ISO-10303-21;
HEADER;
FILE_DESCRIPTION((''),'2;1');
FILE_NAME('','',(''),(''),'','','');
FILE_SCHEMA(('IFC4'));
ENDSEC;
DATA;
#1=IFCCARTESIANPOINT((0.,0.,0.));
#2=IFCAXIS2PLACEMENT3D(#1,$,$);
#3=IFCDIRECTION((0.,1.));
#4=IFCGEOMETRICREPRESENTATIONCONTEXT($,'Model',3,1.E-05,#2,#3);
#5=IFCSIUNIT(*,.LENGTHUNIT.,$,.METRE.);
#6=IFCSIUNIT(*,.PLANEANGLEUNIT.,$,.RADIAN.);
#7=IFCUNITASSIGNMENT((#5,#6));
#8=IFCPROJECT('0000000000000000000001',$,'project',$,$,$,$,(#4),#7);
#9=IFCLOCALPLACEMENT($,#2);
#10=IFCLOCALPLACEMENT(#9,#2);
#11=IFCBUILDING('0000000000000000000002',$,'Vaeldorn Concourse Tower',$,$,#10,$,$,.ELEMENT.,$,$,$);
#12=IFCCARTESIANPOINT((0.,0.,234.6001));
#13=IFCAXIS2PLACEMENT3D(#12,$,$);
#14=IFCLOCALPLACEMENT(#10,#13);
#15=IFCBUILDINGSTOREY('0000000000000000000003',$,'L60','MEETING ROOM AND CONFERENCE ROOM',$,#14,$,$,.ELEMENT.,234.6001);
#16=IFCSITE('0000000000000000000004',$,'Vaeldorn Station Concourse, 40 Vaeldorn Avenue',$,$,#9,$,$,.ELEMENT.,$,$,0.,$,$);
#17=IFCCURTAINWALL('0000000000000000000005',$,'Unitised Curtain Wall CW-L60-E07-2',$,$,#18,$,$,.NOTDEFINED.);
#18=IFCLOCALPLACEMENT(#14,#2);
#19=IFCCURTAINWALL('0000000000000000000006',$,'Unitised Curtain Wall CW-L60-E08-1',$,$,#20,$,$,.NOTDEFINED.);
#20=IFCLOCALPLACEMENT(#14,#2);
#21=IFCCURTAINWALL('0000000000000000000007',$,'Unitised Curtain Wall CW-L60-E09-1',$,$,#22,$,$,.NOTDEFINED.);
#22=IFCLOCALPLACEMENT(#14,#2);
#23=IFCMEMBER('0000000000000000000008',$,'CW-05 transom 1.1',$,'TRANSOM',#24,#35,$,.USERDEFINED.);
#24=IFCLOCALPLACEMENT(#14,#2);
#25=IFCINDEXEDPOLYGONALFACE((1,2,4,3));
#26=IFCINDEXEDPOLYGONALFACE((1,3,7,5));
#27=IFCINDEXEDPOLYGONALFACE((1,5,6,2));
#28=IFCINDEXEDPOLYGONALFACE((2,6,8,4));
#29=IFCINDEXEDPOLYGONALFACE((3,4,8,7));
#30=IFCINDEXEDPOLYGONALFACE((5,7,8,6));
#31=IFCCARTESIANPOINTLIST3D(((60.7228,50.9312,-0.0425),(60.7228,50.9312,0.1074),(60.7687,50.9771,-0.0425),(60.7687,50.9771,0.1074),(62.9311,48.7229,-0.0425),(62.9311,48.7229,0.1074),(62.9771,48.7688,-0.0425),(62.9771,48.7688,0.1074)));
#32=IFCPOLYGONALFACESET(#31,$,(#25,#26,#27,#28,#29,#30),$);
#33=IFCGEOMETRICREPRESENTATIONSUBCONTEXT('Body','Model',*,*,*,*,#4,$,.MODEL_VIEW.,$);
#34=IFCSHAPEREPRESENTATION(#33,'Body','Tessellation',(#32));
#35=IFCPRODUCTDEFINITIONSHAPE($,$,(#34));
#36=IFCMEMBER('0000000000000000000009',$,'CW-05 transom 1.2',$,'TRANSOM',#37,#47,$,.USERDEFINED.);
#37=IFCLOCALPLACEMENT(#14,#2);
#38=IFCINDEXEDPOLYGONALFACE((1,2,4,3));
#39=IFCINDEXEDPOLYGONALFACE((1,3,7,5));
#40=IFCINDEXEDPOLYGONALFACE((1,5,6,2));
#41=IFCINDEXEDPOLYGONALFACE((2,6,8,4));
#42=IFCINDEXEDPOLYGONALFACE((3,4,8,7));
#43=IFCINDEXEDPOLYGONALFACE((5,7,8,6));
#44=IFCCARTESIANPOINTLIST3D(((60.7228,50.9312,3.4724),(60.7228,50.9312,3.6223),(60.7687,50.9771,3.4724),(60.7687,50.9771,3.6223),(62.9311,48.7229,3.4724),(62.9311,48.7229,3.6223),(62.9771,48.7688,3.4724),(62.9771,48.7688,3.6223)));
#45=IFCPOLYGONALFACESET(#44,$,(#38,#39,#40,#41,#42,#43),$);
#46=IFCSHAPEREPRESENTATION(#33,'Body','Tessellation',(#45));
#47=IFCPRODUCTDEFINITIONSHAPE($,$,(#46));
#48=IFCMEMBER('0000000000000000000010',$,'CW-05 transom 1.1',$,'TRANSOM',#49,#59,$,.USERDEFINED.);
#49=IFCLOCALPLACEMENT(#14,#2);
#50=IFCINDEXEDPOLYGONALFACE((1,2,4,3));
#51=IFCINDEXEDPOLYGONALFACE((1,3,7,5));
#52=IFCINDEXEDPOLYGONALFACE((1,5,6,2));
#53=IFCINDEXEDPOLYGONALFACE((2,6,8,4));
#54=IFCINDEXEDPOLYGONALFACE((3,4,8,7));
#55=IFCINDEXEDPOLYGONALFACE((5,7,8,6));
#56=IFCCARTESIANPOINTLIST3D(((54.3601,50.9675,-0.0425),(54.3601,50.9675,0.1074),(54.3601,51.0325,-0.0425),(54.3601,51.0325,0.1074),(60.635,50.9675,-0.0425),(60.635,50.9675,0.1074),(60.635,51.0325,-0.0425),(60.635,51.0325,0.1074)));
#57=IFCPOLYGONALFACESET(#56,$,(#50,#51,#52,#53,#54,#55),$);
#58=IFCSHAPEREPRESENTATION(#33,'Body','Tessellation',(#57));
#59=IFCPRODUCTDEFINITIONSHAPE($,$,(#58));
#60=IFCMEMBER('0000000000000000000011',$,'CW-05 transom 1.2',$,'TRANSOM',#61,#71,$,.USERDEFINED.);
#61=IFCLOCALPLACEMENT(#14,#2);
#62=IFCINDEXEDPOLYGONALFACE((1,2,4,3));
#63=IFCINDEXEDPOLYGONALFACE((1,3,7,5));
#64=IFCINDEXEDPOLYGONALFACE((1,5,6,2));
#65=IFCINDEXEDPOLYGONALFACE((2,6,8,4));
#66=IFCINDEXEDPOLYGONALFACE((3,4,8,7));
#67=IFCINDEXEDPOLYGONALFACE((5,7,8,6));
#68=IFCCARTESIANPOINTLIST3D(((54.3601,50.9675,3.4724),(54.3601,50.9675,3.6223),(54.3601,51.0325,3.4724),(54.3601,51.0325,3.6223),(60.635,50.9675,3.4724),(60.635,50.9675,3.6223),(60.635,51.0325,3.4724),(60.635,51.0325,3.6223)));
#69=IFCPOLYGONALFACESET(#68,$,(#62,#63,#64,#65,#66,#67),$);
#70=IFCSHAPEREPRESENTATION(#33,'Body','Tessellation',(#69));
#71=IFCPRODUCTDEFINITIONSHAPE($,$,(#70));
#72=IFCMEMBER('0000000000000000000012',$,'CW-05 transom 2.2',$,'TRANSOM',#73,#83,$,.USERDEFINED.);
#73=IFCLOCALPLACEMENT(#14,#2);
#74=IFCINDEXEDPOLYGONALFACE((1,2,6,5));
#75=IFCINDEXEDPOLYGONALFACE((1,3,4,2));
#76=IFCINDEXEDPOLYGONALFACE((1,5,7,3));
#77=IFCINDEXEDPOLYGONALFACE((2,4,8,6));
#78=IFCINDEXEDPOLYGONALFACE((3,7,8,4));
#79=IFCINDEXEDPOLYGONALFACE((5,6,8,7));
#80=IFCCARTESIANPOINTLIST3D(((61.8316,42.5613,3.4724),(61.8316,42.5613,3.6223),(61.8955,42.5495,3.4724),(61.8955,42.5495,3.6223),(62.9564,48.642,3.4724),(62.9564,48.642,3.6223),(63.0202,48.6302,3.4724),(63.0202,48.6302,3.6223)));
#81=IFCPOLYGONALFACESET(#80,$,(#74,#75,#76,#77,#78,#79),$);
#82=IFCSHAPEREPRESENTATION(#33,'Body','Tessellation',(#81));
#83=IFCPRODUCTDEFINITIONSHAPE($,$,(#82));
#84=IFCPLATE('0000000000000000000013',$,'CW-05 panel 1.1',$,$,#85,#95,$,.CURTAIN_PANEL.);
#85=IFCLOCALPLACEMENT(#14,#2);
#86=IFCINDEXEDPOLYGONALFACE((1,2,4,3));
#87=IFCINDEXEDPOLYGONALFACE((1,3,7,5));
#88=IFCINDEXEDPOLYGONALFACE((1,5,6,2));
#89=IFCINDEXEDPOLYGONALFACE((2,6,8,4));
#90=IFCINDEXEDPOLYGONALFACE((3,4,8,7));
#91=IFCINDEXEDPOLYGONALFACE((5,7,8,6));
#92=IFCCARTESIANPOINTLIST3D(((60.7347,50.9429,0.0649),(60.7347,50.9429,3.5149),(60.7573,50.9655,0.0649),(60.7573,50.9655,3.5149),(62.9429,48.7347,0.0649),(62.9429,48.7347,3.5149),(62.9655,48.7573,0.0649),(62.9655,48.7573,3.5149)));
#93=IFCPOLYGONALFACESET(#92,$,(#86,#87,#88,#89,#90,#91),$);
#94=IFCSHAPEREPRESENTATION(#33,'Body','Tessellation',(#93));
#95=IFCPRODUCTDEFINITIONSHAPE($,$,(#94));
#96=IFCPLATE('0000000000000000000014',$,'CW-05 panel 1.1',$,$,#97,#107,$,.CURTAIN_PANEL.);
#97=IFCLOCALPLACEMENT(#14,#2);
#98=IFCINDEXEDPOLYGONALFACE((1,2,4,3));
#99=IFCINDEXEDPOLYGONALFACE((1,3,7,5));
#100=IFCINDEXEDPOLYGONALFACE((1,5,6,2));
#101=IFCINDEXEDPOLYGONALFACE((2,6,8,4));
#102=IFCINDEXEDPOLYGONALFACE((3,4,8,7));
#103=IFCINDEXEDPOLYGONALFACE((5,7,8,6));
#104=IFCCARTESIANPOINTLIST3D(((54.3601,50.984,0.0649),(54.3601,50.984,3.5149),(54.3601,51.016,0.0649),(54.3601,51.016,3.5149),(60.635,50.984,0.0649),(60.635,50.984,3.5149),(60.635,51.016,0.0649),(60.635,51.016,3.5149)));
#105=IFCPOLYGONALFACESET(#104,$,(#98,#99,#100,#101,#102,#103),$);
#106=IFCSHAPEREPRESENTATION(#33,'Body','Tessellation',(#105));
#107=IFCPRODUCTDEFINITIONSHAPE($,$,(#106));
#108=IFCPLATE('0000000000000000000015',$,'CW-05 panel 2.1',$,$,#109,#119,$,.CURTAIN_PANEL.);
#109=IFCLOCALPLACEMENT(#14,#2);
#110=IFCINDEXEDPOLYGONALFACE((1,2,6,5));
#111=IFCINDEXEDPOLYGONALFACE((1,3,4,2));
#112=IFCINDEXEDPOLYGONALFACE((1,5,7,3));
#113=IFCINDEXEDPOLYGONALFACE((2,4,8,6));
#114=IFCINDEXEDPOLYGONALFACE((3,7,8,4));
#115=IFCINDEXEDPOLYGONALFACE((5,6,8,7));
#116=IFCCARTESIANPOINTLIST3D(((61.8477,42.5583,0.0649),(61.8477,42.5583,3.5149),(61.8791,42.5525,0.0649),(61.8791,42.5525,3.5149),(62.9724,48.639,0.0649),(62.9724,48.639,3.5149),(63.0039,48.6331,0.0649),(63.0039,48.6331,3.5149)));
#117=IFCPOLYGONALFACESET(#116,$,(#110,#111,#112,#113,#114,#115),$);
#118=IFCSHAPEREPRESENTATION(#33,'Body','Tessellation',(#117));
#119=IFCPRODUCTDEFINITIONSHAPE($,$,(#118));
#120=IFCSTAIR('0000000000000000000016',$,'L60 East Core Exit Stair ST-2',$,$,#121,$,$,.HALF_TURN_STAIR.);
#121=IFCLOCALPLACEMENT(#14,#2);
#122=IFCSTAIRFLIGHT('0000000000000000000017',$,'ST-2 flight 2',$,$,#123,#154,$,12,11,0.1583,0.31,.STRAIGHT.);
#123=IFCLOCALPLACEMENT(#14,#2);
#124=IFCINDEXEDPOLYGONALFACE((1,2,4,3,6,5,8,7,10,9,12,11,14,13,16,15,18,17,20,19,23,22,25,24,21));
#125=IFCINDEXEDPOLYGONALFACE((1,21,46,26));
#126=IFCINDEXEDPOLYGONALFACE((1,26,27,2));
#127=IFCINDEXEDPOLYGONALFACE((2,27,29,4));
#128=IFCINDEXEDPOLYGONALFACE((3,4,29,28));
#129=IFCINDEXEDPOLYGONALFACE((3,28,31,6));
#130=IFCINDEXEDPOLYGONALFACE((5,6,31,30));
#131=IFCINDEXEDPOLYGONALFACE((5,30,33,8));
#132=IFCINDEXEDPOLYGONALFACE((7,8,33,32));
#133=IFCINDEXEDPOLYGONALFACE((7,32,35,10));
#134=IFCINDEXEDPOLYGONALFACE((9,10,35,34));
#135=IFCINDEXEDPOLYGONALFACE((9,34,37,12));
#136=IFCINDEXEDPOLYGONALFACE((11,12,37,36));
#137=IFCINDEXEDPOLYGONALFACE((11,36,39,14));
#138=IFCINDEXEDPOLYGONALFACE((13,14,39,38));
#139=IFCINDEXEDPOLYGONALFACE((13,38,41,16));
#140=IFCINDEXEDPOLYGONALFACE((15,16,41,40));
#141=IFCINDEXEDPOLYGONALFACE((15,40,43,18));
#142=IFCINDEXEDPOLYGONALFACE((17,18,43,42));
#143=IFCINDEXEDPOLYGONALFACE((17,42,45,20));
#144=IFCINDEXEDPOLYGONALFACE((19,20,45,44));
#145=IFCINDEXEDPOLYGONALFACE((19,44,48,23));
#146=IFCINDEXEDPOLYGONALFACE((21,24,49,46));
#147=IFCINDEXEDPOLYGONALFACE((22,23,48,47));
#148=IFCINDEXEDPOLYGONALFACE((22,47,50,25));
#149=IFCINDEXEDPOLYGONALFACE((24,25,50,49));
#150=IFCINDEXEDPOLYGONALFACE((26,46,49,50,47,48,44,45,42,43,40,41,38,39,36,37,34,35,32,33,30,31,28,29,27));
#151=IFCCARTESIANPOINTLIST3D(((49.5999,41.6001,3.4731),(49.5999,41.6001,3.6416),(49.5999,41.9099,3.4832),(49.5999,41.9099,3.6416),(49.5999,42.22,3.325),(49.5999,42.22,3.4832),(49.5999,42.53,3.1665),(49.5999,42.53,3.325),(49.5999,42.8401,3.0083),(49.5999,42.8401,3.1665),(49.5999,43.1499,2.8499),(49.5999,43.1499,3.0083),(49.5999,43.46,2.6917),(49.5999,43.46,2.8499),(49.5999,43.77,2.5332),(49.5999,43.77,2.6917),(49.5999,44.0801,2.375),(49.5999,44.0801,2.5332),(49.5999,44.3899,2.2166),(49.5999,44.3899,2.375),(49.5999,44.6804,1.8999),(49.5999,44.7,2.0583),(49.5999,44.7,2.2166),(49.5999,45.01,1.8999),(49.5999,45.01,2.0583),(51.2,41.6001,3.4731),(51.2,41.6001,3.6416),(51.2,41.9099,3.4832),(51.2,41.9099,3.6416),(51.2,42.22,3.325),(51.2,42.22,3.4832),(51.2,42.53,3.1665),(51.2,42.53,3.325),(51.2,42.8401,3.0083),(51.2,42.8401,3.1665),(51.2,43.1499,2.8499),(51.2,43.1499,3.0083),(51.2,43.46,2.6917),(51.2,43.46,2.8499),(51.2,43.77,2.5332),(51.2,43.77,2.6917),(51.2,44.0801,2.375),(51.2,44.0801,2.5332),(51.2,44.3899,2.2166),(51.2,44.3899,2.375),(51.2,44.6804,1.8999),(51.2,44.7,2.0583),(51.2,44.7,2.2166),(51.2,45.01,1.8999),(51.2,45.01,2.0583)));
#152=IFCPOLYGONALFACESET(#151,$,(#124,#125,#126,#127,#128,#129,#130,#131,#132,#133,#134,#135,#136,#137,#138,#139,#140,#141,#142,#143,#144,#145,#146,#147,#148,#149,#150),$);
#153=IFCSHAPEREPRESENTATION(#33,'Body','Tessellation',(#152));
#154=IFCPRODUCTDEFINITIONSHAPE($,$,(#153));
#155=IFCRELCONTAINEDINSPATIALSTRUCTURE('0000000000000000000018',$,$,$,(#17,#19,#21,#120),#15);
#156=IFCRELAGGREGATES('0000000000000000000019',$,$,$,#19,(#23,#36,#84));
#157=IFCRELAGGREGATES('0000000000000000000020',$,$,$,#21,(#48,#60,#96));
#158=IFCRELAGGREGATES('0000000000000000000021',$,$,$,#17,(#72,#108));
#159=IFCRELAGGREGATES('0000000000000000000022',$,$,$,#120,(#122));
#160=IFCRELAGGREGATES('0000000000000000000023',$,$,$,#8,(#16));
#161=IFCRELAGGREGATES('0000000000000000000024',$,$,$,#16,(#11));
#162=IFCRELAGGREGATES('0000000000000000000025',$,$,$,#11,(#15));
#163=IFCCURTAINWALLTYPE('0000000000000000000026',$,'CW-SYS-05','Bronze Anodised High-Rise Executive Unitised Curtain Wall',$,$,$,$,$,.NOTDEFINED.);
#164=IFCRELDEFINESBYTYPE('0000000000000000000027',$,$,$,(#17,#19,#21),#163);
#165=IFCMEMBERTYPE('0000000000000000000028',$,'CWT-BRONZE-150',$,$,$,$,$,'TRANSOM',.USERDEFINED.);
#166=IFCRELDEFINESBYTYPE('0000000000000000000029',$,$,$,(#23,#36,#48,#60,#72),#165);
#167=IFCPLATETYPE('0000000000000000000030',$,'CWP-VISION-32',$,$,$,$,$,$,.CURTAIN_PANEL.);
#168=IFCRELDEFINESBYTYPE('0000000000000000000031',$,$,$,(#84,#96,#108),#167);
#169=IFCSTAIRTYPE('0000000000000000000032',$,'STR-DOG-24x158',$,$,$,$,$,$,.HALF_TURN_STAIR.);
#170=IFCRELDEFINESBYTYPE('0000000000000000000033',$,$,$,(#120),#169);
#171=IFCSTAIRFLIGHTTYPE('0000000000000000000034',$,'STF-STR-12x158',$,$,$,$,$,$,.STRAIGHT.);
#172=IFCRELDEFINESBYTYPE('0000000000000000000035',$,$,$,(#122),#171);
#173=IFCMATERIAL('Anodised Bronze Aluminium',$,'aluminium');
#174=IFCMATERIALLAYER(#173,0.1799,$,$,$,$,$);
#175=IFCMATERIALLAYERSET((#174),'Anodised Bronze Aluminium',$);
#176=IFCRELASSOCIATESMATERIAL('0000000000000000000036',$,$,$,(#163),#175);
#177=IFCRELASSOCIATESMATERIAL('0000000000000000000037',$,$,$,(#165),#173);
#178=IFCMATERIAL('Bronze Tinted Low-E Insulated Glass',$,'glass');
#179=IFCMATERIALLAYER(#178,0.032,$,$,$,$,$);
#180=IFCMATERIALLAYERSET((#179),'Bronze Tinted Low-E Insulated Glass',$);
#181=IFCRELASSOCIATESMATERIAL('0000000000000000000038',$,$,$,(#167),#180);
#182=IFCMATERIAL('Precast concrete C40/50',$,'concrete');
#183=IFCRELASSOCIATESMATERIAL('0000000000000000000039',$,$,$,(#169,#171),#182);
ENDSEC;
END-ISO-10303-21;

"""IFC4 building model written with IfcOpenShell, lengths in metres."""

from ifc_helpers import new_model, si_unit, direction, frame, origin, origin_2d, place, context, subcontext, project, spatial, polyline, rectangle, outline, extrude, source, transform, mapped, material, layer, layer_set, material_profile, profile_set, type_object, element, aggregate, save


model = new_model("IFC4")

# Units and contexts
model_context = context("Model", 3, precision=1e-05, world=origin(), true_north=direction((0.0, 1.0)))
body_context = subcontext(model_context, "Body", "Model", "MODEL_VIEW")
ifc_project = project(units=[si_unit("LENGTHUNIT", "METRE"), si_unit("PLANEANGLEUNIT", "RADIAN")], contexts=[model_context])

# Site, building, storey
site_placement = place(None, origin())
site = spatial("IfcSite", under=ifc_project, at=site_placement, Name="Vaeldorn Station Concourse, 40 Vaeldorn Avenue", CompositionType="ELEMENT", RefElevation=0.0)
building_placement = place(site_placement, origin())
building = spatial("IfcBuilding", under=site, at=building_placement, Name="Vaeldorn Concourse Tower", CompositionType="ELEMENT")
storey_placement = place(building_placement, frame((0.0, 0.0, 234.6001)))
storey = spatial("IfcBuildingStorey", under=building, at=storey_placement, Name="L60", Description="MEETING ROOM AND CONFERENCE ROOM", CompositionType="ELEMENT", Elevation=234.6001)

# Curtain wall
ifc_material_1 = material(Name="Anodised Bronze Aluminium", Category="aluminium")
ifc_layer_1 = layer(ifc_material_1, 0.1799)
ifc_layer_set_1 = layer_set([ifc_layer_1], Name="Anodised Bronze Aluminium")
curtain_wall_type = type_object("IfcCurtainWallType", Name="CW-SYS-05", Description="Bronze Anodised High-Rise Executive Unitised Curtain Wall", PredefinedType="NOTDEFINED", material=ifc_layer_set_1)
curtain_wall_1_placement = place(storey_placement, origin())
curtain_wall_1 = element("IfcCurtainWall", 1, at=curtain_wall_1_placement, inside=storey, type_object=curtain_wall_type, Name="Unitised Curtain Wall CW-L60-E07-2", PredefinedType="NOTDEFINED")

# Curtain walls
curtain_wall_2_placement = place(storey_placement, origin())
curtain_wall_2 = element("IfcCurtainWall", 2, at=curtain_wall_2_placement, inside=storey, type_object=curtain_wall_type, Name="Unitised Curtain Wall CW-L60-E08-1", PredefinedType="NOTDEFINED")
curtain_wall_3_placement = place(storey_placement, origin())
curtain_wall_3 = element("IfcCurtainWall", 3, at=curtain_wall_3_placement, inside=storey, type_object=curtain_wall_type, Name="Unitised Curtain Wall CW-L60-E09-1", PredefinedType="NOTDEFINED")

# Members
ifc_material_profile_1 = material_profile(ifc_material_1, rectangle(XDim=0.0649, YDim=0.1499, at=origin_2d()), Name="CWT 65x150")
ifc_profile_set_1 = profile_set([ifc_material_profile_1], Name="Anodised Bronze Aluminium")
member_type_1 = type_object("IfcMemberType", Name="CWT-BRONZE-150", ElementType="TRANSOM", PredefinedType="USERDEFINED", material=ifc_profile_set_1)
shared_shape_1 = source(origin(), body_context, "Body", "SweptSolid", [
    extrude(rectangle(XDim=0.0649, YDim=0.1499, at=origin_2d()), origin(), (0.0, 0.0, 1.0), 3.123),
])
member_1_placement = place(storey_placement, frame((62.9541, 48.7458, 0.0325), z_axis=(-0.707107, 0.707107, 0.0), x_axis=(-0.707107, -0.707107, 0.0)))
member_1 = element("IfcMember", 4, at=member_1_placement, type_object=member_type_1, Name="CW-05 transom 1.1", ObjectType="TRANSOM", PredefinedType="USERDEFINED", context=body_context, shape_type="MappedRepresentation", body=[
    mapped(shared_shape_1, transform((0.0, 0.0, 0.0), scale=1.0)),
])
member_2_placement = place(storey_placement, frame((62.9541, 48.7458, 3.5474), z_axis=(-0.707107, 0.707107, 0.0), x_axis=(-0.707107, -0.707107, 0.0)))
member_2 = element("IfcMember", 5, at=member_2_placement, type_object=member_type_1, Name="CW-05 transom 1.2", ObjectType="TRANSOM", PredefinedType="USERDEFINED", context=body_context, shape_type="MappedRepresentation", body=[
    mapped(shared_shape_1, transform((0.0, 0.0, 0.0), scale=1.0)),
])
shared_shape_2 = source(origin(), body_context, "Body", "SweptSolid", [
    extrude(rectangle(XDim=0.0649, YDim=0.1499, at=origin_2d()), origin(), (0.0, 0.0, 1.0), 6.2749),
])
member_3_placement = place(storey_placement, frame((60.635, 51.0, 0.0325), z_axis=(-1.0, 0.0, 0.0), x_axis=(0.0, -1.0, 0.0)))
member_3 = element("IfcMember", 6, at=member_3_placement, type_object=member_type_1, Name="CW-05 transom 1.1", ObjectType="TRANSOM", PredefinedType="USERDEFINED", context=body_context, shape_type="MappedRepresentation", body=[
    mapped(shared_shape_2, transform((0.0, 0.0, 0.0), scale=1.0)),
])
member_4_placement = place(storey_placement, frame((60.635, 51.0, 3.5474), z_axis=(-1.0, 0.0, 0.0), x_axis=(0.0, -1.0, 0.0)))
member_4 = element("IfcMember", 7, at=member_4_placement, type_object=member_type_1, Name="CW-05 transom 1.2", ObjectType="TRANSOM", PredefinedType="USERDEFINED", context=body_context, shape_type="MappedRepresentation", body=[
    mapped(shared_shape_2, transform((0.0, 0.0, 0.0), scale=1.0)),
])
shared_shape_3 = source(origin(), body_context, "Body", "SweptSolid", [
    extrude(rectangle(XDim=0.0649, YDim=0.1499, at=origin_2d()), origin(), (0.0, 0.0, 1.0), 6.1838),
])
member_5_placement = place(storey_placement, frame((61.8635, 42.5554, 3.5474), z_axis=(0.18189, 0.983319, 0.0), x_axis=(-0.983319, 0.18189, 0.0)))
member_5 = element("IfcMember", 8, at=member_5_placement, type_object=member_type_1, Name="CW-05 transom 2.2", ObjectType="TRANSOM", PredefinedType="USERDEFINED", context=body_context, shape_type="MappedRepresentation", body=[
    mapped(shared_shape_3, transform((0.0, 0.0, 0.0), scale=1.0)),
])

# Plates
ifc_material_2 = material(Name="Bronze Tinted Low-E Insulated Glass", Category="glass")
ifc_layer_2 = layer(ifc_material_2, 0.032)
ifc_layer_set_2 = layer_set([ifc_layer_2], Name="Bronze Tinted Low-E Insulated Glass")
plate_type = type_object("IfcPlateType", Name="CWP-VISION-32", PredefinedType="CURTAIN_PANEL", material=ifc_layer_set_2)
shared_shape_4 = source(origin(), body_context, "Body", "SweptSolid", [
    extrude(rectangle(XDim=3.1228, YDim=0.032, at=origin_2d()), origin(), (0.0, 0.0, 1.0), 3.45),
])
plate_1_placement = place(storey_placement, frame((61.8501, 49.8501, 0.0649), z_axis=(0.0, 0.0, 1.0), x_axis=(-0.707107, 0.707107, 0.0)))
plate_1 = element("IfcPlate", 9, at=plate_1_placement, type_object=plate_type, Name="CW-05 panel 1.1", PredefinedType="CURTAIN_PANEL", context=body_context, shape_type="MappedRepresentation", body=[
    mapped(shared_shape_4, transform((0.0, 0.0, 0.0), scale=1.0)),
])
aggregate(curtain_wall_2, [member_1, member_2, plate_1])
shared_shape_5 = source(origin(), body_context, "Body", "SweptSolid", [
    extrude(rectangle(XDim=6.2749, YDim=0.032, at=origin_2d()), origin(), (0.0, 0.0, 1.0), 3.45),
])
plate_2_placement = place(storey_placement, frame((57.4976, 51.0, 0.0649), z_axis=(0.0, 0.0, 1.0), x_axis=(-1.0, 0.0, 0.0)))
plate_2 = element("IfcPlate", 10, at=plate_2_placement, type_object=plate_type, Name="CW-05 panel 1.1", PredefinedType="CURTAIN_PANEL", context=body_context, shape_type="MappedRepresentation", body=[
    mapped(shared_shape_5, transform((0.0, 0.0, 0.0), scale=1.0)),
])
aggregate(curtain_wall_3, [member_3, member_4, plate_2])
shared_shape_6 = source(origin(), body_context, "Body", "SweptSolid", [
    extrude(rectangle(XDim=6.1838, YDim=0.032, at=origin_2d()), origin(), (0.0, 0.0, 1.0), 3.45),
])
plate_3_placement = place(storey_placement, frame((62.4258, 45.5957, 0.0649), z_axis=(0.0, 0.0, 1.0), x_axis=(0.181888, 0.983319, 0.0)))
plate_3 = element("IfcPlate", 11, at=plate_3_placement, type_object=plate_type, Name="CW-05 panel 2.1", PredefinedType="CURTAIN_PANEL", context=body_context, shape_type="MappedRepresentation", body=[
    mapped(shared_shape_6, transform((0.0, 0.0, 0.0), scale=1.0)),
])
aggregate(curtain_wall_1, [member_5, plate_3])

# Stair, stair flight
ifc_material_3 = material(Name="Precast concrete C40/50", Category="concrete")
stair_type = type_object("IfcStairType", Name="STR-DOG-24x158", PredefinedType="HALF_TURN_STAIR", material=ifc_material_3)
stair_placement = place(storey_placement, origin())
stair = element("IfcStair", 12, at=stair_placement, inside=storey, type_object=stair_type, Name="L60 East Core Exit Stair ST-2", PredefinedType="HALF_TURN_STAIR")
stair_flight_type = type_object("IfcStairFlightType", Name="STF-STR-12x158", PredefinedType="STRAIGHT", material=ifc_material_3)
stair_flight_placement = place(storey_placement, frame((50.3999, 45.01, 1.8999), z_axis=(0.0, 0.0, 1.0), x_axis=(0.0, -1.0, 0.0)))
stair_flight = element("IfcStairFlight", 13, at=stair_flight_placement, type_object=stair_flight_type, Name="ST-2 flight 2", NumberOfRisers=12, NumberOfTreads=11, PredefinedType="STRAIGHT", RiserHeight=0.1583, TreadLength=0.31, context=body_context, shape_type="SweptSolid", body=[
    extrude(outline(polyline([(0.0, 0.0), (0.0, 0.1584), (0.3101, 0.1584), (0.3101, 0.3167), (0.6201, 0.3167), (0.6201, 0.4751), (0.9299, 0.4751), (0.9299, 0.6333), (1.24, 0.6333), (1.24, 0.7917), (1.55, 0.7917), (1.55, 0.95), (1.8601, 0.95), (1.8601, 1.1084), (2.1699, 1.1084), (2.1699, 1.2666), (2.48, 1.2666), (2.48, 1.425), (2.79, 1.425), (2.79, 1.5833), (3.1001, 1.5833), (3.1001, 1.7417), (3.4099, 1.7417), (3.4099, 1.8999), (3.4099, 1.5732), (0.3296, 0.0), (0.0, 0.0)])), frame((0.0, 0.8, 0.0), z_axis=(0.0, -1.0, 0.0), x_axis=(1.0, 0.0, 0.0)), (0.0, 0.0, 1.0), 1.6001),
])
aggregate(stair, [stair_flight])

save(model, "model.ifc")
